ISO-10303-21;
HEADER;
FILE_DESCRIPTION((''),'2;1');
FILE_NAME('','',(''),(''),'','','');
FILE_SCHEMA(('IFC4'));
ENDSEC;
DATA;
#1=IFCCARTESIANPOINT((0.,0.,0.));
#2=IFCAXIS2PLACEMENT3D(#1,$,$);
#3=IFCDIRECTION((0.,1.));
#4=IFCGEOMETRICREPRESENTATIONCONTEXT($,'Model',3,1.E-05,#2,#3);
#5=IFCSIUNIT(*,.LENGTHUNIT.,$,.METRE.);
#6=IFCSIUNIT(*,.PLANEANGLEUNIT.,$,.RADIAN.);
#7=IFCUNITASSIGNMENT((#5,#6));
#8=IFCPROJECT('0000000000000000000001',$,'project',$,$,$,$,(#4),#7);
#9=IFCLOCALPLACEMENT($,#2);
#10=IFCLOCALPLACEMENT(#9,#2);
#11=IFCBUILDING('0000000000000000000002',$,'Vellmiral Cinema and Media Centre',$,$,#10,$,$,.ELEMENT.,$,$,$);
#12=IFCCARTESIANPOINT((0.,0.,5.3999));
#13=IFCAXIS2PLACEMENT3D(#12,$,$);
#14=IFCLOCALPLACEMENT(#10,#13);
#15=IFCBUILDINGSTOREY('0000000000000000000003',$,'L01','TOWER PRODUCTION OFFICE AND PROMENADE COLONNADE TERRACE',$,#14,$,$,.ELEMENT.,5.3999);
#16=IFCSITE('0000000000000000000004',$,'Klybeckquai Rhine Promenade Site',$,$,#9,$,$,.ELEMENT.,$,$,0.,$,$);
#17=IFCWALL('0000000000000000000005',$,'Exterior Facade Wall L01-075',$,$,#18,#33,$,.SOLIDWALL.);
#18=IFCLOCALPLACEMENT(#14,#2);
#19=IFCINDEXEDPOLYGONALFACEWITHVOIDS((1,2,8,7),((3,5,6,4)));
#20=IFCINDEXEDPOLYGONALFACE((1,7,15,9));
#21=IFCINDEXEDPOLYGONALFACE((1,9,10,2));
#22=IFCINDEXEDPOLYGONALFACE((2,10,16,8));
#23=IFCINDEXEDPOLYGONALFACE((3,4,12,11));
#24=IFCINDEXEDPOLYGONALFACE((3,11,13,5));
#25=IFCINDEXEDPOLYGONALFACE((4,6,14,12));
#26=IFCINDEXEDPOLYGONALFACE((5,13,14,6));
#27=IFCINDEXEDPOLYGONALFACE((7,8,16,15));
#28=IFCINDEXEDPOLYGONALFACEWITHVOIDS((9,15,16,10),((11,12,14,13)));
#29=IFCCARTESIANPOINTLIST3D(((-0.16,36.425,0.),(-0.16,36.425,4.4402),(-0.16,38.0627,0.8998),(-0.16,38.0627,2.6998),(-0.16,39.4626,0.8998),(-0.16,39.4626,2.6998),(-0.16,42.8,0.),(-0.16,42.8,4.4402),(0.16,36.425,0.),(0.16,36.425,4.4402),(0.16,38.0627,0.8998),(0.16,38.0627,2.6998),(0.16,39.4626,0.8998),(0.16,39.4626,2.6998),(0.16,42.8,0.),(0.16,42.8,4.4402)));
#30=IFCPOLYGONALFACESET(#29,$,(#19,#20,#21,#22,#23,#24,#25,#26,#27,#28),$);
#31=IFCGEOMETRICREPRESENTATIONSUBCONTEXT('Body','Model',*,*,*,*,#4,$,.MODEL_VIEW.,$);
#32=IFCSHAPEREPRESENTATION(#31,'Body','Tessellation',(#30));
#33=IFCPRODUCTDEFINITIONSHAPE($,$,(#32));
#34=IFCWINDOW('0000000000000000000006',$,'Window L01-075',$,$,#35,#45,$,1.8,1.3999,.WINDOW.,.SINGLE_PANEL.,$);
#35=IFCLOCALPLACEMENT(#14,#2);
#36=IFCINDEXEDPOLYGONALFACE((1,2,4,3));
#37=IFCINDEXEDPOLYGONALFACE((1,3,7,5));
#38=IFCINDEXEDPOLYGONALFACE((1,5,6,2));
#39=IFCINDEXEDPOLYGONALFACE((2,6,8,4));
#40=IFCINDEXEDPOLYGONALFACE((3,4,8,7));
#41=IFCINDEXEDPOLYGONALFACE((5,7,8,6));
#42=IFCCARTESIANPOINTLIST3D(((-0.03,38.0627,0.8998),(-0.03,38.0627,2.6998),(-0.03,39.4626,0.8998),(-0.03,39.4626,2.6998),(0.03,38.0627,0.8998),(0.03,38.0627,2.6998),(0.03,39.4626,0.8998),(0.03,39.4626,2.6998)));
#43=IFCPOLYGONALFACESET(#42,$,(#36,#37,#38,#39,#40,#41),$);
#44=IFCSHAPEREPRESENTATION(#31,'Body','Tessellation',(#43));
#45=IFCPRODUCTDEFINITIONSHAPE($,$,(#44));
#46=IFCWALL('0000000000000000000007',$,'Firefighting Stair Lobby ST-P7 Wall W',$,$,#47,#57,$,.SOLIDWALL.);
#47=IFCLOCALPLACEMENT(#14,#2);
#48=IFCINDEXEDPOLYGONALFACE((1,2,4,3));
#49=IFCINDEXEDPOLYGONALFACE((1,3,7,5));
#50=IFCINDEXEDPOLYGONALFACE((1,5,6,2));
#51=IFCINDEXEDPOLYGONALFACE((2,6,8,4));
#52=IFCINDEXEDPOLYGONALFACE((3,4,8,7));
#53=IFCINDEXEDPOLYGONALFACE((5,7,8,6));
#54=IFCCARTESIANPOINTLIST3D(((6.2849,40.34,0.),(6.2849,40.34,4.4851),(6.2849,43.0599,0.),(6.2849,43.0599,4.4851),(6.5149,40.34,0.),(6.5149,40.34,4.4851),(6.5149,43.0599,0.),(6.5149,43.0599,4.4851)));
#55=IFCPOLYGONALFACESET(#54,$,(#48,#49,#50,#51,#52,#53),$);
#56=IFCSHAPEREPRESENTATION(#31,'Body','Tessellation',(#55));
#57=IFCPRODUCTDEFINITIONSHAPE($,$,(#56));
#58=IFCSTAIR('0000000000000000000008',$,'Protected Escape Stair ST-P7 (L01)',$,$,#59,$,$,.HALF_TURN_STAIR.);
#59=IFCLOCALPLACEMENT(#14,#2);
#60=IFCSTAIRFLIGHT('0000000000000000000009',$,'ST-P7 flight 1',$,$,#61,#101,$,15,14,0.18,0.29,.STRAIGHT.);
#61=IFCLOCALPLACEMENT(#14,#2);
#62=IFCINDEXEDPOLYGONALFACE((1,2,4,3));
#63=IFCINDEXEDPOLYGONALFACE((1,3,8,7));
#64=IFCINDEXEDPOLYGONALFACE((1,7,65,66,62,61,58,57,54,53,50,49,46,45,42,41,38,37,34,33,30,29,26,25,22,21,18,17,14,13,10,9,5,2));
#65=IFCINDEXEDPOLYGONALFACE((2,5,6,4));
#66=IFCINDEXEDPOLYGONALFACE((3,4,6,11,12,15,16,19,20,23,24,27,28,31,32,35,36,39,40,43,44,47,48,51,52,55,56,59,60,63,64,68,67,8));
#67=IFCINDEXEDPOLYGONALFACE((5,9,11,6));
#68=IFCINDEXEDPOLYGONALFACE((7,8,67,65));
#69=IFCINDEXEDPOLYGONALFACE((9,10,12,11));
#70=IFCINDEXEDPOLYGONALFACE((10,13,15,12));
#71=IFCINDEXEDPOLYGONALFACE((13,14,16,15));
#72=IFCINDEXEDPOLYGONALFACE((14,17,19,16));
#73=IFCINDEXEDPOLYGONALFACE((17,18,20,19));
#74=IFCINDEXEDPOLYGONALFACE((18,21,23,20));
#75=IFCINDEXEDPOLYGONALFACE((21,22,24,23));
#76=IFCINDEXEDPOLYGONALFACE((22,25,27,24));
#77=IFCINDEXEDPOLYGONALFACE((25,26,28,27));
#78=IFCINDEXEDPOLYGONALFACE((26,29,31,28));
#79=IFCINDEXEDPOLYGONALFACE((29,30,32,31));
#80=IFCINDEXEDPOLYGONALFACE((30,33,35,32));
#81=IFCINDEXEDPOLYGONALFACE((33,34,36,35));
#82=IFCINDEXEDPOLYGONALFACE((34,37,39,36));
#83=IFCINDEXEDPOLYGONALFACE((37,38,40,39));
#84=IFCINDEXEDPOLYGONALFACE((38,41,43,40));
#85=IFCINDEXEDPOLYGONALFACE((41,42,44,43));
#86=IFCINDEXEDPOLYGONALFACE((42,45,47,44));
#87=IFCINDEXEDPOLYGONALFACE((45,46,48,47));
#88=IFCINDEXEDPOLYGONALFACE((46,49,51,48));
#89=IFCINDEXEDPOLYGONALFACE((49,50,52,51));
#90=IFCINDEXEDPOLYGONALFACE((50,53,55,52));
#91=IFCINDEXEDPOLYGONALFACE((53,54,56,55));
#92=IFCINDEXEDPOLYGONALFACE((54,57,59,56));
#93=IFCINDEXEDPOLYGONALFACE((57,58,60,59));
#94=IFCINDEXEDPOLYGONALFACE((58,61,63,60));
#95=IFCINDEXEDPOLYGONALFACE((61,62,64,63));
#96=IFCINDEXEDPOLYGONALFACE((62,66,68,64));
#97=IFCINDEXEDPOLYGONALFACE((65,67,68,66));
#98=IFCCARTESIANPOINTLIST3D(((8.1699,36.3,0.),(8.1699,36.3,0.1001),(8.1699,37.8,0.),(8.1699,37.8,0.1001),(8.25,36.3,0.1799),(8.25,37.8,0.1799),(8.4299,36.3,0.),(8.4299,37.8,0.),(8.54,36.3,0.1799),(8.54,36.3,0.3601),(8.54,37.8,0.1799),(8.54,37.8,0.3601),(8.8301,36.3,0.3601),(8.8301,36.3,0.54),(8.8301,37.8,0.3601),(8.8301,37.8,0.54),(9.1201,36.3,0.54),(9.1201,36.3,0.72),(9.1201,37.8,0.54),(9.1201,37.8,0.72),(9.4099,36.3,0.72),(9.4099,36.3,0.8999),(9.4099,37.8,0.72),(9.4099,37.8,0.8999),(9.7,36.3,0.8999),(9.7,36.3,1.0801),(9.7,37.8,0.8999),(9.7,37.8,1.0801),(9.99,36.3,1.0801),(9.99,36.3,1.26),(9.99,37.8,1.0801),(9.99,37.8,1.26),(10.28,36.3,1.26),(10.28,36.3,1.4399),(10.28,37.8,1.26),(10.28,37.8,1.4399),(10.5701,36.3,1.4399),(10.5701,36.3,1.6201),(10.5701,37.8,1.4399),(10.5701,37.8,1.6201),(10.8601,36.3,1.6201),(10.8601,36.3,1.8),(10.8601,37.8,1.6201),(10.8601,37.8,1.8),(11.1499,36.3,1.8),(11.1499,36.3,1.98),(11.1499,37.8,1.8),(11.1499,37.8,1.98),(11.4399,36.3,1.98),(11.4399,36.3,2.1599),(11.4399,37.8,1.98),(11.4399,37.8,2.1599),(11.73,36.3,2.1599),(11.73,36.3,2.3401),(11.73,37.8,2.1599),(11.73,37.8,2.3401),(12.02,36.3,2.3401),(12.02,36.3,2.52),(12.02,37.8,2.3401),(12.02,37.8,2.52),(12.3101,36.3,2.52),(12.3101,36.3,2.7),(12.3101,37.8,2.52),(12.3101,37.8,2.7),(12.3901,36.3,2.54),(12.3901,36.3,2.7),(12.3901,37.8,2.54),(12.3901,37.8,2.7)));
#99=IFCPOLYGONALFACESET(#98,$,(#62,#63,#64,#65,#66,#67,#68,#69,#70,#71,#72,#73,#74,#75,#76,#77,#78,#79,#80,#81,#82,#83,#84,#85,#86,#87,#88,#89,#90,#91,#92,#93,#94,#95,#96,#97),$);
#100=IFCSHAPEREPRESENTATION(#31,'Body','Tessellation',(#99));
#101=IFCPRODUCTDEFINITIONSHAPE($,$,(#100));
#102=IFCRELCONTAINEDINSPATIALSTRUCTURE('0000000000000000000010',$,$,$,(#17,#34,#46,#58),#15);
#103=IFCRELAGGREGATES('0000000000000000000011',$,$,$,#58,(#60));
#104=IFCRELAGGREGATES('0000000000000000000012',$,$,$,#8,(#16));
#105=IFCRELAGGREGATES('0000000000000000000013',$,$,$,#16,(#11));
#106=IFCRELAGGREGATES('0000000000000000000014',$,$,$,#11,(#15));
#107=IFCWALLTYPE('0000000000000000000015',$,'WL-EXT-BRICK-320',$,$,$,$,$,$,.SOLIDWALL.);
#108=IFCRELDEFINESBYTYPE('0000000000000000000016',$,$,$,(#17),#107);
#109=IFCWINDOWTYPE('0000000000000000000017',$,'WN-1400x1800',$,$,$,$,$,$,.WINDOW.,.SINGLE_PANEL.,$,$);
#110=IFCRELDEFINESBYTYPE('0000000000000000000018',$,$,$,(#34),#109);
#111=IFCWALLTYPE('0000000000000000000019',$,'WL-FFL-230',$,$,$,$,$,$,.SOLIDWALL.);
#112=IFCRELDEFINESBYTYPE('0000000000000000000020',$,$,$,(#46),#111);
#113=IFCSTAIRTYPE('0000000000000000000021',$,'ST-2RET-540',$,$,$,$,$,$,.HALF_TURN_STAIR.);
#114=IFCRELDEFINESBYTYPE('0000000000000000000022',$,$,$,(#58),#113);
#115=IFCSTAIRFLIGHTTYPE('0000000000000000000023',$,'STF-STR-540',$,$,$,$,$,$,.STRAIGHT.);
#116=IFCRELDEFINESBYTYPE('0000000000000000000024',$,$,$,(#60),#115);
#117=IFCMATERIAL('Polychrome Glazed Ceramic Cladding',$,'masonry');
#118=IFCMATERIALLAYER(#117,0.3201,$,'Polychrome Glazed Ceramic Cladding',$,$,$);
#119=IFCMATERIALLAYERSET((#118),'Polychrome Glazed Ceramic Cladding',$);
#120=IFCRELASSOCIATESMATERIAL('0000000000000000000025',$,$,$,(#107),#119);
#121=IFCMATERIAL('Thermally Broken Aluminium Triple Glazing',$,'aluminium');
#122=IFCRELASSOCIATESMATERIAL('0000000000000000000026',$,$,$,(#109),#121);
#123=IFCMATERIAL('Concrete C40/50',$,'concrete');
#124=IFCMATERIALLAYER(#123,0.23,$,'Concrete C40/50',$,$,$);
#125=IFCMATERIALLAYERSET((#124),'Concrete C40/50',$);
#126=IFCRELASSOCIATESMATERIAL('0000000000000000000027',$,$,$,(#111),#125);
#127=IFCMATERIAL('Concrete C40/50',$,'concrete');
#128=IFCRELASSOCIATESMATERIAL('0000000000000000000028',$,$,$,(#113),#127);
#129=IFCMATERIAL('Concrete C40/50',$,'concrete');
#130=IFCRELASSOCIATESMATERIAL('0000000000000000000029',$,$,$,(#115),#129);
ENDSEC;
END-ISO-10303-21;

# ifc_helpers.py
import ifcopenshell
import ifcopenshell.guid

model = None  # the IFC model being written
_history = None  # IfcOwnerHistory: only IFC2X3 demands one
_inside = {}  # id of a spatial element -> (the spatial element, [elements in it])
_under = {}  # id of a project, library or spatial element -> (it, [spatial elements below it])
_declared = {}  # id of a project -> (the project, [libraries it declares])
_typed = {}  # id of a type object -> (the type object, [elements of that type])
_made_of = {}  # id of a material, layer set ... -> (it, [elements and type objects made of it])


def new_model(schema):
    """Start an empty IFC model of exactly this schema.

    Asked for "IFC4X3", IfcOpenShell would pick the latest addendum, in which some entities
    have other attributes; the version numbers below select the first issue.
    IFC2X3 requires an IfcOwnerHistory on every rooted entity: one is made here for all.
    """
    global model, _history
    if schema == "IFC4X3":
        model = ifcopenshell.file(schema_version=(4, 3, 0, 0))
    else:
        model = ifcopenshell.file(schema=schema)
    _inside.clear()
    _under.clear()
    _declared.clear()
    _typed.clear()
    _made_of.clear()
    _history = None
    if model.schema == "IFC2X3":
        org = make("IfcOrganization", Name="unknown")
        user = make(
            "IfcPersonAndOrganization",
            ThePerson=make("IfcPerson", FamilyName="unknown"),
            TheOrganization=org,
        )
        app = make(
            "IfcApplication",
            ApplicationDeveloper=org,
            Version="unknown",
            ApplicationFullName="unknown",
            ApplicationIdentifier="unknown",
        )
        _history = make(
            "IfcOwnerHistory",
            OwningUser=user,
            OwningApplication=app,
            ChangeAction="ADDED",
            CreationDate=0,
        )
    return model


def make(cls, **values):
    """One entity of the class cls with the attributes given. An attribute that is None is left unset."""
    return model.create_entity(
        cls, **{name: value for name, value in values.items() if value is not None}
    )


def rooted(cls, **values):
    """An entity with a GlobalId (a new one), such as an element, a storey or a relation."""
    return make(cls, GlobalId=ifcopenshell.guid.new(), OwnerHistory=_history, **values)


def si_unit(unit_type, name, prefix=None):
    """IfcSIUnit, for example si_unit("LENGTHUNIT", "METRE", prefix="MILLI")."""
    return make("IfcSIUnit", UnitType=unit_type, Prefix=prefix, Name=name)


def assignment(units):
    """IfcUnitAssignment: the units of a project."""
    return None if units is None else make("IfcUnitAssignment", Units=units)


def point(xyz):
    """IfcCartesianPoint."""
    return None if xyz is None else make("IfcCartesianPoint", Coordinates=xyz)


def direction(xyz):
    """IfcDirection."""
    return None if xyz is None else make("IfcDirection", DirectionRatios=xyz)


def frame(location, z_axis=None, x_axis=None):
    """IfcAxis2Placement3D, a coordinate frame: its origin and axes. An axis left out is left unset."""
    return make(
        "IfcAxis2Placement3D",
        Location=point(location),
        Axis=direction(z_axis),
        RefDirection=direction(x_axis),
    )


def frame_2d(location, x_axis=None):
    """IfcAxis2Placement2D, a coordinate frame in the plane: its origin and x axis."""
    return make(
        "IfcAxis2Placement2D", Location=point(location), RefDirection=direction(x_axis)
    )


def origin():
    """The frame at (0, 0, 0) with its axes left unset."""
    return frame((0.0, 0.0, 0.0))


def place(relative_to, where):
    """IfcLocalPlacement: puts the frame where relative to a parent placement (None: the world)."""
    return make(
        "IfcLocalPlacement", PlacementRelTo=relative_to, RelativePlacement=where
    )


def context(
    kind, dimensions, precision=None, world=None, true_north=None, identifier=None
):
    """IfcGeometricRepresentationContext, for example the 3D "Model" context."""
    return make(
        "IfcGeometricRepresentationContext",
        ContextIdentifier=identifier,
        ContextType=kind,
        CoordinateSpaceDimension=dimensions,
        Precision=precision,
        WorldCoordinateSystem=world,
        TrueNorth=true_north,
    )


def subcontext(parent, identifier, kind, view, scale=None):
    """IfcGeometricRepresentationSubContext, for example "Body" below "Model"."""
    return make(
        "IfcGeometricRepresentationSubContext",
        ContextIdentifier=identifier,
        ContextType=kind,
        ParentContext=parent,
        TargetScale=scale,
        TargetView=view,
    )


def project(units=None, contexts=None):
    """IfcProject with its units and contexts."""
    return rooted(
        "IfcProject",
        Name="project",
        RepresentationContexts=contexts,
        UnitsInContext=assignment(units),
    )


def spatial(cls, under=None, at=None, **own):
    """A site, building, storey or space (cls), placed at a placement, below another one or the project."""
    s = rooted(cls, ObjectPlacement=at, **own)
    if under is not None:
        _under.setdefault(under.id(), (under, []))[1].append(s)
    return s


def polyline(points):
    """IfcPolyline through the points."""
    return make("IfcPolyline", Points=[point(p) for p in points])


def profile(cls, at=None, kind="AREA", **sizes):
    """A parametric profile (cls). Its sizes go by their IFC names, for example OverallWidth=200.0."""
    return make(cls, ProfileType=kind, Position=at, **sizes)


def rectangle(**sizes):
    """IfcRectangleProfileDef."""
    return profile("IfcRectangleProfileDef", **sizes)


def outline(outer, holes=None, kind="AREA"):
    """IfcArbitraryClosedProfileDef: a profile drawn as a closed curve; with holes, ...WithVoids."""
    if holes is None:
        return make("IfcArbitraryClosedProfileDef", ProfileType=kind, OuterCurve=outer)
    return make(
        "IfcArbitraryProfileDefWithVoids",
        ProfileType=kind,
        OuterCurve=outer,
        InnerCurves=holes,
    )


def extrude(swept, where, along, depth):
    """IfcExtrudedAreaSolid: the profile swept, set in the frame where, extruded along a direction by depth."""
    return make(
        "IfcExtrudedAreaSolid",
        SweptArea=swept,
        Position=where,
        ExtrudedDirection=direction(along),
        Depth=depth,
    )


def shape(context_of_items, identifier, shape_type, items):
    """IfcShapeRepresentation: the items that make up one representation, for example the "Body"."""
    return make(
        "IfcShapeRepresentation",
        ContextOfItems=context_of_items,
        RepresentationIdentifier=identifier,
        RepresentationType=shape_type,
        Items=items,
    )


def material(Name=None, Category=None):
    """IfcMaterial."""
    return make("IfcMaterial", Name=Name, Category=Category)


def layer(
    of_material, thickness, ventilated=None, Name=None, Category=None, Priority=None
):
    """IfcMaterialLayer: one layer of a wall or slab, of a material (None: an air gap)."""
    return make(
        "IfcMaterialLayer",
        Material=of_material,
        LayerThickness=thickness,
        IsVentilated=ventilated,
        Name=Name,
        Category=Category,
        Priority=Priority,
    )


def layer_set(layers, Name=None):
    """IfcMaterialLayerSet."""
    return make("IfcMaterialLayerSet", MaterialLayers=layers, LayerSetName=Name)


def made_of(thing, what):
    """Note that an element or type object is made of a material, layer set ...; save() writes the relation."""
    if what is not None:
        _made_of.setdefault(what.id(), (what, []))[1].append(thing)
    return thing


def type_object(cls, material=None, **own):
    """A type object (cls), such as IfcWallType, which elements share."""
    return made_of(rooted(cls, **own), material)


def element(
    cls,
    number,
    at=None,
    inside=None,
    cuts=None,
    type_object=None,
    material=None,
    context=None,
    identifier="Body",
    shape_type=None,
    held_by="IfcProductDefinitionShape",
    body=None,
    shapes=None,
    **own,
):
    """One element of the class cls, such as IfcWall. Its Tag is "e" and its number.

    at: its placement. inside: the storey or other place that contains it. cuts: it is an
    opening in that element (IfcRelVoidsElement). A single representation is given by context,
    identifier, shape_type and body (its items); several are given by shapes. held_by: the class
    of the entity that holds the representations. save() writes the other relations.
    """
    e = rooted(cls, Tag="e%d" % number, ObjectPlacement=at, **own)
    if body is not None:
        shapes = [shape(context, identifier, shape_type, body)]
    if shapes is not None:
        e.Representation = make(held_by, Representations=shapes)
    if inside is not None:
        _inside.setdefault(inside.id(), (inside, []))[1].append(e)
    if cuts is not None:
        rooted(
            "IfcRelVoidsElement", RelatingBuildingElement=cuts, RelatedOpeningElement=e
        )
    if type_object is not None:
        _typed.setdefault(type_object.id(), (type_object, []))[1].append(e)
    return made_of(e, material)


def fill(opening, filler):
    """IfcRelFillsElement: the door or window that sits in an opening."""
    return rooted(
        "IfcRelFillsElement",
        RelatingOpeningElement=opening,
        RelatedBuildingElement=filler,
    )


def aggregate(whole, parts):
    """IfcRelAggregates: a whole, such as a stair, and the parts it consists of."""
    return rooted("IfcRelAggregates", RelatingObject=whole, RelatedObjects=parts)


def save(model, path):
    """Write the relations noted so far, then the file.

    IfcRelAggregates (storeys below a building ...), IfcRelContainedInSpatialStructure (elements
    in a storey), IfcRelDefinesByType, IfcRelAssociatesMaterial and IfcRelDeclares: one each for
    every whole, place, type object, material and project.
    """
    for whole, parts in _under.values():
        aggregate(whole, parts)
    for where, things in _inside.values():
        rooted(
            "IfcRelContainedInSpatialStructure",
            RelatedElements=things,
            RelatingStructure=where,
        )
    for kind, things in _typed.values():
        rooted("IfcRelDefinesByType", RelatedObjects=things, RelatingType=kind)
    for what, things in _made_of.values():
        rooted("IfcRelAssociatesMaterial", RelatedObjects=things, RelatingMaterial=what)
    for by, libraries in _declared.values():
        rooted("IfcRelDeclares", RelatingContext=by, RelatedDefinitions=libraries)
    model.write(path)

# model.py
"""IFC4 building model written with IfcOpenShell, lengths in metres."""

from ifc_helpers import new_model, si_unit, direction, frame, frame_2d, origin, place, context, subcontext, project, spatial, polyline, rectangle, outline, extrude, material, layer, layer_set, type_object, element, fill, aggregate, save


model = new_model("IFC4")

# Units and contexts
model_context = context("Model", 3, precision=1e-05, world=origin(), true_north=direction((0.0, 1.0)))
body_context = subcontext(model_context, "Body", "Model", "MODEL_VIEW")
ifc_project = project(units=[si_unit("LENGTHUNIT", "METRE"), si_unit("PLANEANGLEUNIT", "RADIAN")], contexts=[model_context])

# Site, building, storey
site_placement = place(None, origin())
site = spatial("IfcSite", under=ifc_project, at=site_placement, Name="Klybeckquai Rhine Promenade Site", CompositionType="ELEMENT", RefElevation=0.0)
building_placement = place(site_placement, origin())
building = spatial("IfcBuilding", under=site, at=building_placement, Name="Vellmiral Cinema and Media Centre", CompositionType="ELEMENT")
storey_placement = place(building_placement, frame((0.0, 0.0, 5.3999)))
storey = spatial("IfcBuildingStorey", under=building, at=storey_placement, Name="L01", Description="TOWER PRODUCTION OFFICE AND PROMENADE COLONNADE TERRACE", CompositionType="ELEMENT", Elevation=5.3999)

# Wall, opening, window
ifc_material_1 = material(Name="Polychrome Glazed Ceramic Cladding", Category="masonry")
ifc_layer_1 = layer(ifc_material_1, 0.3201, Name="Polychrome Glazed Ceramic Cladding")
ifc_layer_set_1 = layer_set([ifc_layer_1], Name="Polychrome Glazed Ceramic Cladding")
wall_type_1 = type_object("IfcWallType", Name="WL-EXT-BRICK-320", PredefinedType="SOLIDWALL", material=ifc_layer_set_1)
wall_1_placement = place(storey_placement, frame((0.0, 42.8, 0.0), z_axis=(0.0, 0.0, 1.0), x_axis=(0.0, -1.0, 0.0)))
wall_1 = element("IfcWall", 1, at=wall_1_placement, inside=storey, type_object=wall_type_1, Name="Exterior Facade Wall L01-075", PredefinedType="SOLIDWALL", context=body_context, shape_type="SweptSolid", body=[
    extrude(rectangle(XDim=6.375, YDim=0.3201, at=frame_2d((3.1875, 0.0))), origin(), (0.0, 0.0, 1.0), 4.4402),
])
opening_1_placement = place(wall_1_placement, frame((3.3374, 0.0, 0.8999)))
opening_1 = element("IfcOpeningElement", 2, at=opening_1_placement, cuts=wall_1, PredefinedType="OPENING", context=body_context, shape_type="SweptSolid", body=[
    extrude(rectangle(XDim=1.3999, YDim=1.8, at=frame_2d((0.7, 0.8999))), frame((0.0, 0.1719, 0.0), z_axis=(0.0, -1.0, 0.0), x_axis=(1.0, 0.0, 0.0)), (0.0, 0.0, 1.0), 0.344),
])
ifc_material_2 = material(Name="Thermally Broken Aluminium Triple Glazing", Category="aluminium")
window_type = type_object("IfcWindowType", Name="WN-1400x1800", PartitioningType="SINGLE_PANEL", PredefinedType="WINDOW", material=ifc_material_2)
window_placement = place(opening_1_placement, origin())
window = element("IfcWindow", 3, at=window_placement, inside=storey, type_object=window_type, Name="Window L01-075", OverallHeight=1.8, OverallWidth=1.3999, PartitioningType="SINGLE_PANEL", PredefinedType="WINDOW", context=body_context, shape_type="SweptSolid", body=[
    extrude(rectangle(XDim=1.3999, YDim=1.8, at=frame_2d((0.7, 0.8999))), frame((0.0, 0.03, 0.0), z_axis=(0.0, -1.0, 0.0), x_axis=(1.0, 0.0, 0.0)), (0.0, 0.0, 1.0), 0.0601),
])
fill(opening_1, window)

# Wall
ifc_material_3 = material(Name="Concrete C40/50", Category="concrete")
ifc_layer_2 = layer(ifc_material_3, 0.23, Name="Concrete C40/50")
ifc_layer_set_2 = layer_set([ifc_layer_2], Name="Concrete C40/50")
wall_type_2 = type_object("IfcWallType", Name="WL-FFL-230", PredefinedType="SOLIDWALL", material=ifc_layer_set_2)
wall_2_placement = place(storey_placement, frame((6.3999, 40.3401, 0.0), z_axis=(0.0, 0.0, 1.0), x_axis=(0.0, 1.0, 0.0)))
element("IfcWall", 4, at=wall_2_placement, inside=storey, type_object=wall_type_2, Name="Firefighting Stair Lobby ST-P7 Wall W", PredefinedType="SOLIDWALL", context=body_context, shape_type="SweptSolid", body=[
    extrude(rectangle(XDim=2.72, YDim=0.23, at=frame_2d((1.3599, 0.0))), origin(), (0.0, 0.0, 1.0), 4.4851),
])

# Stair, stair flight
ifc_material_4 = material(Name="Concrete C40/50", Category="concrete")
stair_type = type_object("IfcStairType", Name="ST-2RET-540", PredefinedType="HALF_TURN_STAIR", material=ifc_material_4)
stair_placement = place(storey_placement, origin())
stair = element("IfcStair", 5, at=stair_placement, inside=storey, type_object=stair_type, Name="Protected Escape Stair ST-P7 (L01)", PredefinedType="HALF_TURN_STAIR")
ifc_material_5 = material(Name="Concrete C40/50", Category="concrete")
stair_flight_type = type_object("IfcStairFlightType", Name="STF-STR-540", PredefinedType="STRAIGHT", material=ifc_material_5)
stair_flight_placement = place(storey_placement, frame((8.25, 37.05, 0.0), z_axis=(0.0, 0.0, 1.0), x_axis=(1.0, 0.0, 0.0)))
stair_flight = element("IfcStairFlight", 6, at=stair_flight_placement, type_object=stair_flight_type, Name="ST-P7 flight 1", NumberOfRisers=15, NumberOfTreads=14, PredefinedType="STRAIGHT", RiserHeight=0.18, TreadLength=0.29, context=body_context, shape_type="SweptSolid", body=[
    extrude(outline(polyline([(-0.0801, 0.0), (-0.0801, 0.1001), (0.0, 0.1799), (0.29, 0.1799), (0.29, 0.3601), (0.5801, 0.3601), (0.5801, 0.54), (0.8701, 0.54), (0.8701, 0.72), (1.1599, 0.72), (1.1599, 0.8999), (1.45, 0.8999), (1.45, 1.0801), (1.74, 1.0801), (1.74, 1.26), (2.03, 1.26), (2.03, 1.4399), (2.3201, 1.4399), (2.3201, 1.6201), (2.6101, 1.6201), (2.6101, 1.8), (2.8999, 1.8), (2.8999, 1.98), (3.1899, 1.98), (3.1899, 2.1599), (3.48, 2.1599), (3.48, 2.3401), (3.77, 2.3401), (3.77, 2.52), (4.0601, 2.52), (4.0601, 2.7), (4.1401, 2.7), (4.1401, 2.54), (0.1799, 0.0), (-0.0801, 0.0)])), frame((0.0, 0.75, 0.0), z_axis=(0.0, -1.0, 0.0), x_axis=(1.0, 0.0, 0.0)), (0.0, 0.0, 1.0), 1.5),
])
aggregate(stair, [stair_flight])

save(model, "model.ifc")
